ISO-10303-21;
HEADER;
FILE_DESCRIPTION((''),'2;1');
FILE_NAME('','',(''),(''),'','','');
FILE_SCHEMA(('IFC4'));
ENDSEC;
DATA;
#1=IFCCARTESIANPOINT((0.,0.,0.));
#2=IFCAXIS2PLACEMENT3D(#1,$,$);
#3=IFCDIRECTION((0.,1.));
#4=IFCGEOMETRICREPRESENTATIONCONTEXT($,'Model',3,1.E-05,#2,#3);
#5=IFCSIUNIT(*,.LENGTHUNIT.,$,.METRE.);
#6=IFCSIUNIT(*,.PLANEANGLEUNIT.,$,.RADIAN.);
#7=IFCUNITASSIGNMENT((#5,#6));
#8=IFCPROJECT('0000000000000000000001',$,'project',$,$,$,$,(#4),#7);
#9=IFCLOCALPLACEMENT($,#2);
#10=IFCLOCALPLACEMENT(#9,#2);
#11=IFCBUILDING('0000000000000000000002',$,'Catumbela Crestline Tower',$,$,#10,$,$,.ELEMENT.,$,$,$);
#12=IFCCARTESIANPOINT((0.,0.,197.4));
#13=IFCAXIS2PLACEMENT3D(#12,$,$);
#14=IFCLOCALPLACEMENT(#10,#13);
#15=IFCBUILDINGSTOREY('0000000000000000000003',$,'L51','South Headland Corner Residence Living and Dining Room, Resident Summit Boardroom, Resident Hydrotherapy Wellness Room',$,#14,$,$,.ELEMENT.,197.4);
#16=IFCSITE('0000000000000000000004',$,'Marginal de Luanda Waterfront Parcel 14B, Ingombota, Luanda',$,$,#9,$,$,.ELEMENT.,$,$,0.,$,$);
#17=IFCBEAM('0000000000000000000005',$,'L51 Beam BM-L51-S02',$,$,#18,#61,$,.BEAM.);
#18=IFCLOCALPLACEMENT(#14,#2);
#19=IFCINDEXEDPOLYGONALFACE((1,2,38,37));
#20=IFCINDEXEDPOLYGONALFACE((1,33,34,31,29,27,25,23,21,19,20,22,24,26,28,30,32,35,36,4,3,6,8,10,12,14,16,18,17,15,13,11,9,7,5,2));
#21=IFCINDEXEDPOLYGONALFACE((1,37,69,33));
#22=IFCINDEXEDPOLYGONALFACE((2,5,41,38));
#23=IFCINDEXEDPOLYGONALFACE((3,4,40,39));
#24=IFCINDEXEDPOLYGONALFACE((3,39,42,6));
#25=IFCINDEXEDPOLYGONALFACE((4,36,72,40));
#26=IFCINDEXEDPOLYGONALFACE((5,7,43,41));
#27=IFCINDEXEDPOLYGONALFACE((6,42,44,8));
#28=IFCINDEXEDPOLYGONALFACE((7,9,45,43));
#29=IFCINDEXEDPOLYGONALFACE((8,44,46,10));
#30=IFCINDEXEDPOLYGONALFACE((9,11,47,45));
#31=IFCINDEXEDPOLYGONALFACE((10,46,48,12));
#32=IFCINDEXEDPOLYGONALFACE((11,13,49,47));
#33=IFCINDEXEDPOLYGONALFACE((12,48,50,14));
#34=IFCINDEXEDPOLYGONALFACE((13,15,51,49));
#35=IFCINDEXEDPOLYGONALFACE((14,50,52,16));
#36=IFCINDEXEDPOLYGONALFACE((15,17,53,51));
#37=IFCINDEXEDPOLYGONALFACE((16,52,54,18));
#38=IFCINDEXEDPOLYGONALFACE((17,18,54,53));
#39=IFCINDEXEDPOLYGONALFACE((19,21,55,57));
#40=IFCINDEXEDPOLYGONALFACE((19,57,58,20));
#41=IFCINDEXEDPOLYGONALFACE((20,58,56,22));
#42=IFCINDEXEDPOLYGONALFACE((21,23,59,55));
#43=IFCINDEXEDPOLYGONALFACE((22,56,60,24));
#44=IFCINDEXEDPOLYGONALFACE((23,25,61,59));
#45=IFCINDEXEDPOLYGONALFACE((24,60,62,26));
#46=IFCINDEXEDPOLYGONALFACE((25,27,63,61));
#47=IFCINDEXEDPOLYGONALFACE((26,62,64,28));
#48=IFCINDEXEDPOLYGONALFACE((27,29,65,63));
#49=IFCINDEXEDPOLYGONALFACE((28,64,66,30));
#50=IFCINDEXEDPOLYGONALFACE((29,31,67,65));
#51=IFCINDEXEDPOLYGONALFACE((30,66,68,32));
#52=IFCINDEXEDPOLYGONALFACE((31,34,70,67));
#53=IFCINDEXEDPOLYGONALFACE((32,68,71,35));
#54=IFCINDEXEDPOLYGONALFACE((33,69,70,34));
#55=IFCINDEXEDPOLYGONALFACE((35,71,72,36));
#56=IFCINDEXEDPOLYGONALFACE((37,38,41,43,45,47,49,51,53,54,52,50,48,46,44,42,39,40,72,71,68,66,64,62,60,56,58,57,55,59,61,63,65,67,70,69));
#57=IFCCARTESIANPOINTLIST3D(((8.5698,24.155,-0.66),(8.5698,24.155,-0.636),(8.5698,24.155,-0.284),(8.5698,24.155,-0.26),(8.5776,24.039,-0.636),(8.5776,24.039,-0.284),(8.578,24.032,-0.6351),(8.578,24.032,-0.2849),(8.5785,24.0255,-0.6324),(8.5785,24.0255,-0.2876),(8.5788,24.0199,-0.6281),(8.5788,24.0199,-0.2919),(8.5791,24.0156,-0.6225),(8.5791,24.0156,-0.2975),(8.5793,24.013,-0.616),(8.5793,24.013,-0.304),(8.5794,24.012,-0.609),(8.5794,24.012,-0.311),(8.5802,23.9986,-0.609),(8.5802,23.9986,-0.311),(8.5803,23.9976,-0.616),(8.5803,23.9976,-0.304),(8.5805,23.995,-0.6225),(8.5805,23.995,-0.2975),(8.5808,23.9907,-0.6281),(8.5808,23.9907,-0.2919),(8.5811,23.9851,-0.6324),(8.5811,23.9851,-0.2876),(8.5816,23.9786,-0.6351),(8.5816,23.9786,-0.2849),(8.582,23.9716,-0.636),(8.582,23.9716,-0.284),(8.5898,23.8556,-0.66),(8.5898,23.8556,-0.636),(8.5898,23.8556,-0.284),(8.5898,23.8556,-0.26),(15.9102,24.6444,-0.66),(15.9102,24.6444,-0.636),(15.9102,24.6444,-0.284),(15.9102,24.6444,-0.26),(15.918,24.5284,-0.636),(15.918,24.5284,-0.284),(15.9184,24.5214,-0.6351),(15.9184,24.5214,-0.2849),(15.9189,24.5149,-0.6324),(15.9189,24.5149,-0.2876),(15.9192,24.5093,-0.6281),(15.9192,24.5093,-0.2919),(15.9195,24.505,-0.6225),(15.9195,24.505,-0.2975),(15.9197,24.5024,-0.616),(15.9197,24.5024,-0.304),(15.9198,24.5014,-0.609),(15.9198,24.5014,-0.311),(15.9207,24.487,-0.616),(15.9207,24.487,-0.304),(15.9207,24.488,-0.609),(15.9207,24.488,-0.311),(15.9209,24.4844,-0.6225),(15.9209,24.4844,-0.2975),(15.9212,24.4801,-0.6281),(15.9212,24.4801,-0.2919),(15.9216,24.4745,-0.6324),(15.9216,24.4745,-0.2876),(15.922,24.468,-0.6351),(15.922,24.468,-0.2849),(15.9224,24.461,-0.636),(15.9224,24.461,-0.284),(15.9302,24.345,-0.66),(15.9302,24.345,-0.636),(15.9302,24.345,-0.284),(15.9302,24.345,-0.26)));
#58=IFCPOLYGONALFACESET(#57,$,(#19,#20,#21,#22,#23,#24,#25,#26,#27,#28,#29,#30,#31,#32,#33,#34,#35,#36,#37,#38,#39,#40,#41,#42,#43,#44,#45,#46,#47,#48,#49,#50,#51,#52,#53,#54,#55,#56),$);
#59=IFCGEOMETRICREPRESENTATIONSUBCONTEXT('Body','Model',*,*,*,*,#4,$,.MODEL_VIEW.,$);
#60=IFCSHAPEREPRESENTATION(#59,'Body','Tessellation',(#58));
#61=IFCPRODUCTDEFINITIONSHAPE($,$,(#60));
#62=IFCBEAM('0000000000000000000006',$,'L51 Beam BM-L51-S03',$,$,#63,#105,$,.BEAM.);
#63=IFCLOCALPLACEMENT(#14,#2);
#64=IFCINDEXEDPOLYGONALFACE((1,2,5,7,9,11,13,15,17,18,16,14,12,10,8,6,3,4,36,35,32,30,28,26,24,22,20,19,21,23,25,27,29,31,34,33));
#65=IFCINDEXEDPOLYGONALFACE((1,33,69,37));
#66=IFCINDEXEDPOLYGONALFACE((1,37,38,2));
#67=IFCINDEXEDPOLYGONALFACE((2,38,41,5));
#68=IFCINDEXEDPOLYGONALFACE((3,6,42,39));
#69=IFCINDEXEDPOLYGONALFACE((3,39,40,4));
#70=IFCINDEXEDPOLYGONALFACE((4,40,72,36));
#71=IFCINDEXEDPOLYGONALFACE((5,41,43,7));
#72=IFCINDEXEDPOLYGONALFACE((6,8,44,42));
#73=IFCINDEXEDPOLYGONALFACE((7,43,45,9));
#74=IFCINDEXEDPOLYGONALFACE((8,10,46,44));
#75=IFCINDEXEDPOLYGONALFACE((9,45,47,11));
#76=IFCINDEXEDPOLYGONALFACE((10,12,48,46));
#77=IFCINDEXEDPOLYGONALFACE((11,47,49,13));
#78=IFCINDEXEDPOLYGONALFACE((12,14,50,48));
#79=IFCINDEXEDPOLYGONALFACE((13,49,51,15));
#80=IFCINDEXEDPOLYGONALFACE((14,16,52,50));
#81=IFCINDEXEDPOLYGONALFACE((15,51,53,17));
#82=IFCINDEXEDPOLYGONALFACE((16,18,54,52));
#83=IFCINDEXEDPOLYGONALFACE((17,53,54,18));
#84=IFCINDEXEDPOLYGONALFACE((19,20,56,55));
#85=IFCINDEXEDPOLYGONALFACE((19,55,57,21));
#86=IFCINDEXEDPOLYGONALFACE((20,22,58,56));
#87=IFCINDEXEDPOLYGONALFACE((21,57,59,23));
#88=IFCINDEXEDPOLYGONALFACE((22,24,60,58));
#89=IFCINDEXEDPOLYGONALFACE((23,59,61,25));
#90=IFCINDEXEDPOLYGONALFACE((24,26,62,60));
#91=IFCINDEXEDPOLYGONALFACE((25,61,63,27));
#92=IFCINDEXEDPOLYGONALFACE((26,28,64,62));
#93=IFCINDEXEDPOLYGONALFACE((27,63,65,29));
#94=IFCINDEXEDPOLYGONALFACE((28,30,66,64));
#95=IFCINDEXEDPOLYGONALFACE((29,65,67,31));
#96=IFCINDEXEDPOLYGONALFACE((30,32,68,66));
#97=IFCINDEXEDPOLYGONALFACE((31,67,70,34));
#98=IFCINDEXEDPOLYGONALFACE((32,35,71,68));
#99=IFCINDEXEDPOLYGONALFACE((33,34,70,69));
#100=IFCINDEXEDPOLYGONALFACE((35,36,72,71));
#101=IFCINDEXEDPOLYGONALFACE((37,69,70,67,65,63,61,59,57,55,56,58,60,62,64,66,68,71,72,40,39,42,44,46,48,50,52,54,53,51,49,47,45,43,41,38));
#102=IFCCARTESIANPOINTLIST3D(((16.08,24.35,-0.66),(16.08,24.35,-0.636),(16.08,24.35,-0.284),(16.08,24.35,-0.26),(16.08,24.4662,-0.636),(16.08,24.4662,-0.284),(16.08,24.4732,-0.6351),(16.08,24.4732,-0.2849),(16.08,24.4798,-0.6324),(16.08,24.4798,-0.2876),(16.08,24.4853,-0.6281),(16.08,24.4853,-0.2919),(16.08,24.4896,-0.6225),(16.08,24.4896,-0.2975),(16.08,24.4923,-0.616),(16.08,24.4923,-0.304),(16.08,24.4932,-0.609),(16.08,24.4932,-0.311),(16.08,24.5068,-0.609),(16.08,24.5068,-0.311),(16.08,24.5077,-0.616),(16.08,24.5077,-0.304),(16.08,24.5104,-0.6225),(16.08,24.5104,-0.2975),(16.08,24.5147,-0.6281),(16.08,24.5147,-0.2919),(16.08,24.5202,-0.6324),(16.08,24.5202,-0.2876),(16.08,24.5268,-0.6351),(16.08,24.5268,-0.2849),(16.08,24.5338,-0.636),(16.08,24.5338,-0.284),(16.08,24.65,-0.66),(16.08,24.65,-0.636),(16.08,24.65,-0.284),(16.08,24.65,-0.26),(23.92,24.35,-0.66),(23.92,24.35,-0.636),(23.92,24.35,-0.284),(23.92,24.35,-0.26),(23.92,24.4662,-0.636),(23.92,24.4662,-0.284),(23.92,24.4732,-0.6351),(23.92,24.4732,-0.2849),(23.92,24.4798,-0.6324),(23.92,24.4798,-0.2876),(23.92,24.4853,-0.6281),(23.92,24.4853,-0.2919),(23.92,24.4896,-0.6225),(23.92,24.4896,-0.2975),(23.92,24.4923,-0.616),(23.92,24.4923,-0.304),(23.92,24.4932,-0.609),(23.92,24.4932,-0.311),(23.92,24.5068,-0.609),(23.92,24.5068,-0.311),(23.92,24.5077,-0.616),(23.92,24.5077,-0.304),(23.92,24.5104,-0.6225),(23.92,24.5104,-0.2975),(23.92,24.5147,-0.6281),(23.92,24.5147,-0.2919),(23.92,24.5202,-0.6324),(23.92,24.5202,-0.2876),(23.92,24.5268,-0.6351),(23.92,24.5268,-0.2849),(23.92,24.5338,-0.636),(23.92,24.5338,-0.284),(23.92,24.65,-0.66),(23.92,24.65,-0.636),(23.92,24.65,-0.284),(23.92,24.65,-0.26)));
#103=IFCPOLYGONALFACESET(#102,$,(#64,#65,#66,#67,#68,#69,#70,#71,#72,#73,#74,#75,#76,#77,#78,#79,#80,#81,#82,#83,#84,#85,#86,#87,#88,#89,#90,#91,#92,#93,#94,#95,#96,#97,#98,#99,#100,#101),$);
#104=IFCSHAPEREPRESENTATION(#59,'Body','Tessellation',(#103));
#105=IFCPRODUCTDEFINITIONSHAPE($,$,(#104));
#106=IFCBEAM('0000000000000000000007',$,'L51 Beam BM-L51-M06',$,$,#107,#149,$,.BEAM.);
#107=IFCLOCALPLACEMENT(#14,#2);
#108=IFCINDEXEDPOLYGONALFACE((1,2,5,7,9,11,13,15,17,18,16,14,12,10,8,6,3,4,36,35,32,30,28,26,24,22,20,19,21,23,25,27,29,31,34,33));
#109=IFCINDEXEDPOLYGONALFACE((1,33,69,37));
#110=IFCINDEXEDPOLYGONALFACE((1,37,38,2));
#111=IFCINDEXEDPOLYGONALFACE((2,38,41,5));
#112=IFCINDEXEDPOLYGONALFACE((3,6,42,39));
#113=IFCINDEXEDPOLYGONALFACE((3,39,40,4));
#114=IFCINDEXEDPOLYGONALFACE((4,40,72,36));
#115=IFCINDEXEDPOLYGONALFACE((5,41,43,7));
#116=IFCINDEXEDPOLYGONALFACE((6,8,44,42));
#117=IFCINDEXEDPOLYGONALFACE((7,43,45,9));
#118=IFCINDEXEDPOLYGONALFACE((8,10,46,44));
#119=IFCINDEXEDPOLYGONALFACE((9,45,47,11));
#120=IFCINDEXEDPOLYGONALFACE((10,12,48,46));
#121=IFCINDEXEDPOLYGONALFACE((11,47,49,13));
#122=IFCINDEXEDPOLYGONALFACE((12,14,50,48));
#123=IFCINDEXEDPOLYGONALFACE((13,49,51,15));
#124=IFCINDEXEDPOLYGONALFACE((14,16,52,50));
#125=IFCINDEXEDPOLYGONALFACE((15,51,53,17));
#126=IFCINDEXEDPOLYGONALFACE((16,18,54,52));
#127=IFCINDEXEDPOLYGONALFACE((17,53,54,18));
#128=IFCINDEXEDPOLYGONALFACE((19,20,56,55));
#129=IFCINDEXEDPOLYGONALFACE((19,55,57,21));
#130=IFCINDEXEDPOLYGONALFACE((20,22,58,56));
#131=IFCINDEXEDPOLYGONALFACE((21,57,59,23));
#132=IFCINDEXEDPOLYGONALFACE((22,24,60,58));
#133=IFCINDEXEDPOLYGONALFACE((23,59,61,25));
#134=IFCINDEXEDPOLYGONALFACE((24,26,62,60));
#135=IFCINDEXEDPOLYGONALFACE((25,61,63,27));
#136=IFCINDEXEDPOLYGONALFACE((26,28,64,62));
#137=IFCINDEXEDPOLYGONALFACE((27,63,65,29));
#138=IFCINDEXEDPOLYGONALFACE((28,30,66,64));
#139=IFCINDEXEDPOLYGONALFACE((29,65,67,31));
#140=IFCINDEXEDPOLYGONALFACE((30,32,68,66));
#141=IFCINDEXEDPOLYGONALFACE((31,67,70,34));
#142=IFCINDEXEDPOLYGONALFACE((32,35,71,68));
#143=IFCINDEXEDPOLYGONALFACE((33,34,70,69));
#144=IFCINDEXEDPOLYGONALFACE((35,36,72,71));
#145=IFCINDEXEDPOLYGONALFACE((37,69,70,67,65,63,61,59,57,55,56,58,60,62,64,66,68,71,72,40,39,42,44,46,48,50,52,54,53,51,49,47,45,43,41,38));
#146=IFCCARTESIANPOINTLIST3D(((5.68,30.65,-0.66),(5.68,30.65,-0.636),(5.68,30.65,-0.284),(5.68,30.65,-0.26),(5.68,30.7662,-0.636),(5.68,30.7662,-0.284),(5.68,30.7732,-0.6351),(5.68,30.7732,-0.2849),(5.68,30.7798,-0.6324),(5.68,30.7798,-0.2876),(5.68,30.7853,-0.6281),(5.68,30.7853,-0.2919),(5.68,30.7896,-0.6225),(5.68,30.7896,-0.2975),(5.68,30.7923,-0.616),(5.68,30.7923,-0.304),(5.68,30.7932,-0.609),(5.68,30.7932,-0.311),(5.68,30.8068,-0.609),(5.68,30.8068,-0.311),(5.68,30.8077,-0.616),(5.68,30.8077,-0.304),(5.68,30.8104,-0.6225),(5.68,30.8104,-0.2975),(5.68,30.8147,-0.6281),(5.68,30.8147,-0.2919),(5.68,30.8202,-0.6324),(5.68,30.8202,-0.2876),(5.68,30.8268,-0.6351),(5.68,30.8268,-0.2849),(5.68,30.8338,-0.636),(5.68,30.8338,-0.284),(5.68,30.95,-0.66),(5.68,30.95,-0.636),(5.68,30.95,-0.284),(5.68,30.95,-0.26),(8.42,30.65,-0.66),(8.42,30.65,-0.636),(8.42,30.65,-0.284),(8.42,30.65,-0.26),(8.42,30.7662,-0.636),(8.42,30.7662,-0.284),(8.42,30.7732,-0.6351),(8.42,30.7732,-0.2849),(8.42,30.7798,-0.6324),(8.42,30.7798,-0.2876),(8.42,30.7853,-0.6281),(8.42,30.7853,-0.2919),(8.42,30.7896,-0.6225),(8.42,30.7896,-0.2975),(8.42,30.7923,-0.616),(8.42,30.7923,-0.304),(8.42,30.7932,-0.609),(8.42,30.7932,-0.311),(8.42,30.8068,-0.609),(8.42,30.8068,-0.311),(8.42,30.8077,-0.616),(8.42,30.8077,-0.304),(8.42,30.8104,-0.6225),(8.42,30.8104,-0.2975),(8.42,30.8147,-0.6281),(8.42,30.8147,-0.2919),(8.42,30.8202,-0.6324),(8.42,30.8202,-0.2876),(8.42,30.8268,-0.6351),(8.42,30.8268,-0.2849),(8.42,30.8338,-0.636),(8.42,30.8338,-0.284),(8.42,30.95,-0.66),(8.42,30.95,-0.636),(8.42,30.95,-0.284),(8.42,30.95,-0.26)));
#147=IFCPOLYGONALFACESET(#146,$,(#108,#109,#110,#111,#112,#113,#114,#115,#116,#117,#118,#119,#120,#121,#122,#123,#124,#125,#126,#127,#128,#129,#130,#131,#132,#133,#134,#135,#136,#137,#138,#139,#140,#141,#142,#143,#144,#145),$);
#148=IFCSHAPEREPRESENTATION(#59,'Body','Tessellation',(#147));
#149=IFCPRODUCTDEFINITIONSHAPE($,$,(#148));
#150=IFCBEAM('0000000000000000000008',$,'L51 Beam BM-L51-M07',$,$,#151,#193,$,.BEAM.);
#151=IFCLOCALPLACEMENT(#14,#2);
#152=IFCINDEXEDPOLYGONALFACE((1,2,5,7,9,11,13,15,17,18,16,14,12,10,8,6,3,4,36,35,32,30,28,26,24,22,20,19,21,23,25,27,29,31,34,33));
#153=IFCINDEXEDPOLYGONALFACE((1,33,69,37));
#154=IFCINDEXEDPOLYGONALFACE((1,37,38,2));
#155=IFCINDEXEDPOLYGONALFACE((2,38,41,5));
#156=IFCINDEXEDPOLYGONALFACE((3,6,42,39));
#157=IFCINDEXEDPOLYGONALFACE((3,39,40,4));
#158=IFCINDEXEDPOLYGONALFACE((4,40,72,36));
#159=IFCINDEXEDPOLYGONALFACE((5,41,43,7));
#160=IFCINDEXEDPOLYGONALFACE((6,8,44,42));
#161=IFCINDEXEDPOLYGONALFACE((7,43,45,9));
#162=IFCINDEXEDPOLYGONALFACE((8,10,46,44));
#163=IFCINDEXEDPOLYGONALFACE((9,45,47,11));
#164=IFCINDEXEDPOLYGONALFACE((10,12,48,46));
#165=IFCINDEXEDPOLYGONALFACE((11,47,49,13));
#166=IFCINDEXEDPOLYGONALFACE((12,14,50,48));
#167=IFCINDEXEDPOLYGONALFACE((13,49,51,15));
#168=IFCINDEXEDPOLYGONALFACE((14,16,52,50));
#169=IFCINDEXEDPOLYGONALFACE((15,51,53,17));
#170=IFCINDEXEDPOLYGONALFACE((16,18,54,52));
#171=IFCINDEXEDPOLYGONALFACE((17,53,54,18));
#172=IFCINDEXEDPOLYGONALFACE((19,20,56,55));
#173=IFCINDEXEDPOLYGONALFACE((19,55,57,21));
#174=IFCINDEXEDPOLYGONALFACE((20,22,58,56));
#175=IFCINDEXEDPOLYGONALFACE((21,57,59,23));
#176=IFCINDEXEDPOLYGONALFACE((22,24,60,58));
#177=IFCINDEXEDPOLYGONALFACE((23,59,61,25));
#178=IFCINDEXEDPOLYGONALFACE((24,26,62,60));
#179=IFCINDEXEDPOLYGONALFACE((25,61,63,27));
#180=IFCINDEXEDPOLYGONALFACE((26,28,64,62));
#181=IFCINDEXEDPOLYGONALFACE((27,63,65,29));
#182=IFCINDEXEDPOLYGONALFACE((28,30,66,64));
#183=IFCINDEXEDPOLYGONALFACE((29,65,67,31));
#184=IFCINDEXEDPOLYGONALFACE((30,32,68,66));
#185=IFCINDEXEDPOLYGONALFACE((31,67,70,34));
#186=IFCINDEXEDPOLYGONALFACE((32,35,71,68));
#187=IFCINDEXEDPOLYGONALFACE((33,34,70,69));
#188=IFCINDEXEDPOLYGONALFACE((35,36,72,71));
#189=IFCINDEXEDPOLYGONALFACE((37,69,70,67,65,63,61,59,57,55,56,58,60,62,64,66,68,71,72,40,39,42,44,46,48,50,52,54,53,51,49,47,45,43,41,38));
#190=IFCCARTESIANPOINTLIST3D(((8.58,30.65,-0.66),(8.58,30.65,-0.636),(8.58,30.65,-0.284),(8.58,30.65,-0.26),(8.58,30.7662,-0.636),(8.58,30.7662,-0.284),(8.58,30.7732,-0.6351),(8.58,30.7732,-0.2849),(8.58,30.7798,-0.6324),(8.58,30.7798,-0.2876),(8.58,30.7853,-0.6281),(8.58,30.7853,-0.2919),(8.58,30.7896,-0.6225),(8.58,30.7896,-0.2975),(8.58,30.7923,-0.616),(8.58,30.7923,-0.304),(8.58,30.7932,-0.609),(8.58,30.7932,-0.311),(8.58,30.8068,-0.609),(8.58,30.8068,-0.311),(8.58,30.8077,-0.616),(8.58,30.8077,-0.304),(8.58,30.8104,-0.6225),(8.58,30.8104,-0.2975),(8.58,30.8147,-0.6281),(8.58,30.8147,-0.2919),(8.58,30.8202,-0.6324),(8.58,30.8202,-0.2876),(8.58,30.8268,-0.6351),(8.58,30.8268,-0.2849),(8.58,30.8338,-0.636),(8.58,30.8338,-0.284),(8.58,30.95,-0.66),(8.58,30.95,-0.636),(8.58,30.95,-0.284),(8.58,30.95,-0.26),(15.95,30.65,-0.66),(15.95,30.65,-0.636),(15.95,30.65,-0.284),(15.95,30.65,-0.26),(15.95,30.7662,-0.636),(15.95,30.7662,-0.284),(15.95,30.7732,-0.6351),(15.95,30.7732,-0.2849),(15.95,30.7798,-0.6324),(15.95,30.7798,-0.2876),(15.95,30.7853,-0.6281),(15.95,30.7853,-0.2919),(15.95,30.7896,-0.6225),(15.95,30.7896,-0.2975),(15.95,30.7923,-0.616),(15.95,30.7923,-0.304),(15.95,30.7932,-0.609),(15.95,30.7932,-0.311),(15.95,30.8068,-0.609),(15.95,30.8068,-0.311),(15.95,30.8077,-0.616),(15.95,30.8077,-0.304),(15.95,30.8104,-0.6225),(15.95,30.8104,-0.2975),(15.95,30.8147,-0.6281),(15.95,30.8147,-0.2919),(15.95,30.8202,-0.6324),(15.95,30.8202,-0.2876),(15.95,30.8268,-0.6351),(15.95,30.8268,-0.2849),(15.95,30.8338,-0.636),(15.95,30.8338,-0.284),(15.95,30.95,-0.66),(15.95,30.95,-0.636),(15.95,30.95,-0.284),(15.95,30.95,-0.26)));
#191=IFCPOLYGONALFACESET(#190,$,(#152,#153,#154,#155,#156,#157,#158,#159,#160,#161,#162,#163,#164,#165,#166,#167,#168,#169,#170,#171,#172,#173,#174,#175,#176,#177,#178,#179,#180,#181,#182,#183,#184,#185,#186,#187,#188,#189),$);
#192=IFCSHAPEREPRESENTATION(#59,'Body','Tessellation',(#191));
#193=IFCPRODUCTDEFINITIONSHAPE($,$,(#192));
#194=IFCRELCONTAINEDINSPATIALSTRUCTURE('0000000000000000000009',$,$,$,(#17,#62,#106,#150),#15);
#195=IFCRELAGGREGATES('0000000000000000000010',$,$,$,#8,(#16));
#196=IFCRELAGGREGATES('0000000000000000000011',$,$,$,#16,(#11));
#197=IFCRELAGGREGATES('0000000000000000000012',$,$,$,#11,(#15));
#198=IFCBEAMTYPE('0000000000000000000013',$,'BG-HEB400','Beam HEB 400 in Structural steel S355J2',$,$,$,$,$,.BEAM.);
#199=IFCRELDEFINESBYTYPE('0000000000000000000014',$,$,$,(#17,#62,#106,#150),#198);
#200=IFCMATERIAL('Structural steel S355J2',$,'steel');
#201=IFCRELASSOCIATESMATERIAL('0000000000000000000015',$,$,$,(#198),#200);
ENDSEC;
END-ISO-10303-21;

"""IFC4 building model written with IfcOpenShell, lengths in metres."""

from ifc_helpers import new_model, si_unit, direction, frame, origin, origin_2d, place, context, subcontext, project, spatial, i_section, extrude, material, material_profile, profile_set, type_object, element, save


model = new_model("IFC4")

# Units and contexts
model_context = context("Model", 3, precision=1e-05, world=origin(), true_north=direction((0.0, 1.0)))
body_context = subcontext(model_context, "Body", "Model", "MODEL_VIEW")
ifc_project = project(units=[si_unit("LENGTHUNIT", "METRE"), si_unit("PLANEANGLEUNIT", "RADIAN")], contexts=[model_context])

# Site, building, storey
site_placement = place(None, origin())
site = spatial("IfcSite", under=ifc_project, at=site_placement, Name="Marginal de Luanda Waterfront Parcel 14B, Ingombota, Luanda", CompositionType="ELEMENT", RefElevation=0.0)
building_placement = place(site_placement, origin())
building = spatial("IfcBuilding", under=site, at=building_placement, Name="Catumbela Crestline Tower", CompositionType="ELEMENT")
storey_placement = place(building_placement, frame((0.0, 0.0, 197.4)))
storey = spatial("IfcBuildingStorey", under=building, at=storey_placement, Name="L51", Description="South Headland Corner Residence Living and Dining Room, Resident Summit Boardroom, Resident Hydrotherapy Wellness Room", CompositionType="ELEMENT", Elevation=197.4)

# Shared definitions
ifc_material_1 = material(Name="Structural steel S355J2", Category="steel")

# Beams
ifc_material_profile_1 = material_profile(ifc_material_1, i_section(OverallWidth=0.3, OverallDepth=0.4, WebThickness=0.0135, FlangeThickness=0.024, FilletRadius=0.027, at=origin_2d()), Name="HEB 400")
ifc_profile_set_1 = profile_set([ifc_material_profile_1], Name="Structural steel S355J2")
beam_type_1 = type_object("IfcBeamType", Name="BG-HEB400", Description="Beam HEB 400 in Structural steel S355J2", PredefinedType="BEAM", material=ifc_profile_set_1)
beam_1_placement = place(storey_placement, frame((8.5798, 24.0053, -0.46), z_axis=(0.997785, 0.066524, 0.0), x_axis=(-0.066524, 0.997785, 0.0)))
element("IfcBeam", 1, at=beam_1_placement, inside=storey, type_object=beam_type_1, Name="L51 Beam BM-L51-S02", PredefinedType="BEAM", context=body_context, shape_type="SweptSolid", body=[
    extrude(i_section(OverallWidth=0.3, OverallDepth=0.4, WebThickness=0.0135, FlangeThickness=0.024, FilletRadius=0.027, at=origin_2d()), origin(), (0.0, 0.0, 1.0), 7.3567),
])
beam_2_placement = place(storey_placement, frame((16.08, 24.5, -0.46), z_axis=(1.0, 0.0, 0.0), x_axis=(0.0, 1.0, 0.0)))
element("IfcBeam", 2, at=beam_2_placement, inside=storey, type_object=beam_type_1, Name="L51 Beam BM-L51-S03", PredefinedType="BEAM", context=body_context, shape_type="SweptSolid", body=[
    extrude(i_section(OverallWidth=0.3, OverallDepth=0.4, WebThickness=0.0135, FlangeThickness=0.024, FilletRadius=0.027, at=origin_2d()), origin(), (0.0, 0.0, 1.0), 7.84),
])
beam_3_placement = place(storey_placement, frame((5.68, 30.8, -0.46), z_axis=(1.0, 0.0, 0.0), x_axis=(0.0, 1.0, 0.0)))
element("IfcBeam", 3, at=beam_3_placement, inside=storey, type_object=beam_type_1, Name="L51 Beam BM-L51-M06", PredefinedType="BEAM", context=body_context, shape_type="SweptSolid", body=[
    extrude(i_section(OverallWidth=0.3, OverallDepth=0.4, WebThickness=0.0135, FlangeThickness=0.024, FilletRadius=0.027, at=origin_2d()), origin(), (0.0, 0.0, 1.0), 2.74),
])
beam_4_placement = place(storey_placement, frame((8.58, 30.8, -0.46), z_axis=(1.0, 0.0, 0.0), x_axis=(0.0, 1.0, 0.0)))
element("IfcBeam", 4, at=beam_4_placement, inside=storey, type_object=beam_type_1, Name="L51 Beam BM-L51-M07", PredefinedType="BEAM", context=body_context, shape_type="SweptSolid", body=[
    extrude(i_section(OverallWidth=0.3, OverallDepth=0.4, WebThickness=0.0135, FlangeThickness=0.024, FilletRadius=0.027, at=origin_2d()), origin(), (0.0, 0.0, 1.0), 7.37),
])

save(model, "model.ifc")
